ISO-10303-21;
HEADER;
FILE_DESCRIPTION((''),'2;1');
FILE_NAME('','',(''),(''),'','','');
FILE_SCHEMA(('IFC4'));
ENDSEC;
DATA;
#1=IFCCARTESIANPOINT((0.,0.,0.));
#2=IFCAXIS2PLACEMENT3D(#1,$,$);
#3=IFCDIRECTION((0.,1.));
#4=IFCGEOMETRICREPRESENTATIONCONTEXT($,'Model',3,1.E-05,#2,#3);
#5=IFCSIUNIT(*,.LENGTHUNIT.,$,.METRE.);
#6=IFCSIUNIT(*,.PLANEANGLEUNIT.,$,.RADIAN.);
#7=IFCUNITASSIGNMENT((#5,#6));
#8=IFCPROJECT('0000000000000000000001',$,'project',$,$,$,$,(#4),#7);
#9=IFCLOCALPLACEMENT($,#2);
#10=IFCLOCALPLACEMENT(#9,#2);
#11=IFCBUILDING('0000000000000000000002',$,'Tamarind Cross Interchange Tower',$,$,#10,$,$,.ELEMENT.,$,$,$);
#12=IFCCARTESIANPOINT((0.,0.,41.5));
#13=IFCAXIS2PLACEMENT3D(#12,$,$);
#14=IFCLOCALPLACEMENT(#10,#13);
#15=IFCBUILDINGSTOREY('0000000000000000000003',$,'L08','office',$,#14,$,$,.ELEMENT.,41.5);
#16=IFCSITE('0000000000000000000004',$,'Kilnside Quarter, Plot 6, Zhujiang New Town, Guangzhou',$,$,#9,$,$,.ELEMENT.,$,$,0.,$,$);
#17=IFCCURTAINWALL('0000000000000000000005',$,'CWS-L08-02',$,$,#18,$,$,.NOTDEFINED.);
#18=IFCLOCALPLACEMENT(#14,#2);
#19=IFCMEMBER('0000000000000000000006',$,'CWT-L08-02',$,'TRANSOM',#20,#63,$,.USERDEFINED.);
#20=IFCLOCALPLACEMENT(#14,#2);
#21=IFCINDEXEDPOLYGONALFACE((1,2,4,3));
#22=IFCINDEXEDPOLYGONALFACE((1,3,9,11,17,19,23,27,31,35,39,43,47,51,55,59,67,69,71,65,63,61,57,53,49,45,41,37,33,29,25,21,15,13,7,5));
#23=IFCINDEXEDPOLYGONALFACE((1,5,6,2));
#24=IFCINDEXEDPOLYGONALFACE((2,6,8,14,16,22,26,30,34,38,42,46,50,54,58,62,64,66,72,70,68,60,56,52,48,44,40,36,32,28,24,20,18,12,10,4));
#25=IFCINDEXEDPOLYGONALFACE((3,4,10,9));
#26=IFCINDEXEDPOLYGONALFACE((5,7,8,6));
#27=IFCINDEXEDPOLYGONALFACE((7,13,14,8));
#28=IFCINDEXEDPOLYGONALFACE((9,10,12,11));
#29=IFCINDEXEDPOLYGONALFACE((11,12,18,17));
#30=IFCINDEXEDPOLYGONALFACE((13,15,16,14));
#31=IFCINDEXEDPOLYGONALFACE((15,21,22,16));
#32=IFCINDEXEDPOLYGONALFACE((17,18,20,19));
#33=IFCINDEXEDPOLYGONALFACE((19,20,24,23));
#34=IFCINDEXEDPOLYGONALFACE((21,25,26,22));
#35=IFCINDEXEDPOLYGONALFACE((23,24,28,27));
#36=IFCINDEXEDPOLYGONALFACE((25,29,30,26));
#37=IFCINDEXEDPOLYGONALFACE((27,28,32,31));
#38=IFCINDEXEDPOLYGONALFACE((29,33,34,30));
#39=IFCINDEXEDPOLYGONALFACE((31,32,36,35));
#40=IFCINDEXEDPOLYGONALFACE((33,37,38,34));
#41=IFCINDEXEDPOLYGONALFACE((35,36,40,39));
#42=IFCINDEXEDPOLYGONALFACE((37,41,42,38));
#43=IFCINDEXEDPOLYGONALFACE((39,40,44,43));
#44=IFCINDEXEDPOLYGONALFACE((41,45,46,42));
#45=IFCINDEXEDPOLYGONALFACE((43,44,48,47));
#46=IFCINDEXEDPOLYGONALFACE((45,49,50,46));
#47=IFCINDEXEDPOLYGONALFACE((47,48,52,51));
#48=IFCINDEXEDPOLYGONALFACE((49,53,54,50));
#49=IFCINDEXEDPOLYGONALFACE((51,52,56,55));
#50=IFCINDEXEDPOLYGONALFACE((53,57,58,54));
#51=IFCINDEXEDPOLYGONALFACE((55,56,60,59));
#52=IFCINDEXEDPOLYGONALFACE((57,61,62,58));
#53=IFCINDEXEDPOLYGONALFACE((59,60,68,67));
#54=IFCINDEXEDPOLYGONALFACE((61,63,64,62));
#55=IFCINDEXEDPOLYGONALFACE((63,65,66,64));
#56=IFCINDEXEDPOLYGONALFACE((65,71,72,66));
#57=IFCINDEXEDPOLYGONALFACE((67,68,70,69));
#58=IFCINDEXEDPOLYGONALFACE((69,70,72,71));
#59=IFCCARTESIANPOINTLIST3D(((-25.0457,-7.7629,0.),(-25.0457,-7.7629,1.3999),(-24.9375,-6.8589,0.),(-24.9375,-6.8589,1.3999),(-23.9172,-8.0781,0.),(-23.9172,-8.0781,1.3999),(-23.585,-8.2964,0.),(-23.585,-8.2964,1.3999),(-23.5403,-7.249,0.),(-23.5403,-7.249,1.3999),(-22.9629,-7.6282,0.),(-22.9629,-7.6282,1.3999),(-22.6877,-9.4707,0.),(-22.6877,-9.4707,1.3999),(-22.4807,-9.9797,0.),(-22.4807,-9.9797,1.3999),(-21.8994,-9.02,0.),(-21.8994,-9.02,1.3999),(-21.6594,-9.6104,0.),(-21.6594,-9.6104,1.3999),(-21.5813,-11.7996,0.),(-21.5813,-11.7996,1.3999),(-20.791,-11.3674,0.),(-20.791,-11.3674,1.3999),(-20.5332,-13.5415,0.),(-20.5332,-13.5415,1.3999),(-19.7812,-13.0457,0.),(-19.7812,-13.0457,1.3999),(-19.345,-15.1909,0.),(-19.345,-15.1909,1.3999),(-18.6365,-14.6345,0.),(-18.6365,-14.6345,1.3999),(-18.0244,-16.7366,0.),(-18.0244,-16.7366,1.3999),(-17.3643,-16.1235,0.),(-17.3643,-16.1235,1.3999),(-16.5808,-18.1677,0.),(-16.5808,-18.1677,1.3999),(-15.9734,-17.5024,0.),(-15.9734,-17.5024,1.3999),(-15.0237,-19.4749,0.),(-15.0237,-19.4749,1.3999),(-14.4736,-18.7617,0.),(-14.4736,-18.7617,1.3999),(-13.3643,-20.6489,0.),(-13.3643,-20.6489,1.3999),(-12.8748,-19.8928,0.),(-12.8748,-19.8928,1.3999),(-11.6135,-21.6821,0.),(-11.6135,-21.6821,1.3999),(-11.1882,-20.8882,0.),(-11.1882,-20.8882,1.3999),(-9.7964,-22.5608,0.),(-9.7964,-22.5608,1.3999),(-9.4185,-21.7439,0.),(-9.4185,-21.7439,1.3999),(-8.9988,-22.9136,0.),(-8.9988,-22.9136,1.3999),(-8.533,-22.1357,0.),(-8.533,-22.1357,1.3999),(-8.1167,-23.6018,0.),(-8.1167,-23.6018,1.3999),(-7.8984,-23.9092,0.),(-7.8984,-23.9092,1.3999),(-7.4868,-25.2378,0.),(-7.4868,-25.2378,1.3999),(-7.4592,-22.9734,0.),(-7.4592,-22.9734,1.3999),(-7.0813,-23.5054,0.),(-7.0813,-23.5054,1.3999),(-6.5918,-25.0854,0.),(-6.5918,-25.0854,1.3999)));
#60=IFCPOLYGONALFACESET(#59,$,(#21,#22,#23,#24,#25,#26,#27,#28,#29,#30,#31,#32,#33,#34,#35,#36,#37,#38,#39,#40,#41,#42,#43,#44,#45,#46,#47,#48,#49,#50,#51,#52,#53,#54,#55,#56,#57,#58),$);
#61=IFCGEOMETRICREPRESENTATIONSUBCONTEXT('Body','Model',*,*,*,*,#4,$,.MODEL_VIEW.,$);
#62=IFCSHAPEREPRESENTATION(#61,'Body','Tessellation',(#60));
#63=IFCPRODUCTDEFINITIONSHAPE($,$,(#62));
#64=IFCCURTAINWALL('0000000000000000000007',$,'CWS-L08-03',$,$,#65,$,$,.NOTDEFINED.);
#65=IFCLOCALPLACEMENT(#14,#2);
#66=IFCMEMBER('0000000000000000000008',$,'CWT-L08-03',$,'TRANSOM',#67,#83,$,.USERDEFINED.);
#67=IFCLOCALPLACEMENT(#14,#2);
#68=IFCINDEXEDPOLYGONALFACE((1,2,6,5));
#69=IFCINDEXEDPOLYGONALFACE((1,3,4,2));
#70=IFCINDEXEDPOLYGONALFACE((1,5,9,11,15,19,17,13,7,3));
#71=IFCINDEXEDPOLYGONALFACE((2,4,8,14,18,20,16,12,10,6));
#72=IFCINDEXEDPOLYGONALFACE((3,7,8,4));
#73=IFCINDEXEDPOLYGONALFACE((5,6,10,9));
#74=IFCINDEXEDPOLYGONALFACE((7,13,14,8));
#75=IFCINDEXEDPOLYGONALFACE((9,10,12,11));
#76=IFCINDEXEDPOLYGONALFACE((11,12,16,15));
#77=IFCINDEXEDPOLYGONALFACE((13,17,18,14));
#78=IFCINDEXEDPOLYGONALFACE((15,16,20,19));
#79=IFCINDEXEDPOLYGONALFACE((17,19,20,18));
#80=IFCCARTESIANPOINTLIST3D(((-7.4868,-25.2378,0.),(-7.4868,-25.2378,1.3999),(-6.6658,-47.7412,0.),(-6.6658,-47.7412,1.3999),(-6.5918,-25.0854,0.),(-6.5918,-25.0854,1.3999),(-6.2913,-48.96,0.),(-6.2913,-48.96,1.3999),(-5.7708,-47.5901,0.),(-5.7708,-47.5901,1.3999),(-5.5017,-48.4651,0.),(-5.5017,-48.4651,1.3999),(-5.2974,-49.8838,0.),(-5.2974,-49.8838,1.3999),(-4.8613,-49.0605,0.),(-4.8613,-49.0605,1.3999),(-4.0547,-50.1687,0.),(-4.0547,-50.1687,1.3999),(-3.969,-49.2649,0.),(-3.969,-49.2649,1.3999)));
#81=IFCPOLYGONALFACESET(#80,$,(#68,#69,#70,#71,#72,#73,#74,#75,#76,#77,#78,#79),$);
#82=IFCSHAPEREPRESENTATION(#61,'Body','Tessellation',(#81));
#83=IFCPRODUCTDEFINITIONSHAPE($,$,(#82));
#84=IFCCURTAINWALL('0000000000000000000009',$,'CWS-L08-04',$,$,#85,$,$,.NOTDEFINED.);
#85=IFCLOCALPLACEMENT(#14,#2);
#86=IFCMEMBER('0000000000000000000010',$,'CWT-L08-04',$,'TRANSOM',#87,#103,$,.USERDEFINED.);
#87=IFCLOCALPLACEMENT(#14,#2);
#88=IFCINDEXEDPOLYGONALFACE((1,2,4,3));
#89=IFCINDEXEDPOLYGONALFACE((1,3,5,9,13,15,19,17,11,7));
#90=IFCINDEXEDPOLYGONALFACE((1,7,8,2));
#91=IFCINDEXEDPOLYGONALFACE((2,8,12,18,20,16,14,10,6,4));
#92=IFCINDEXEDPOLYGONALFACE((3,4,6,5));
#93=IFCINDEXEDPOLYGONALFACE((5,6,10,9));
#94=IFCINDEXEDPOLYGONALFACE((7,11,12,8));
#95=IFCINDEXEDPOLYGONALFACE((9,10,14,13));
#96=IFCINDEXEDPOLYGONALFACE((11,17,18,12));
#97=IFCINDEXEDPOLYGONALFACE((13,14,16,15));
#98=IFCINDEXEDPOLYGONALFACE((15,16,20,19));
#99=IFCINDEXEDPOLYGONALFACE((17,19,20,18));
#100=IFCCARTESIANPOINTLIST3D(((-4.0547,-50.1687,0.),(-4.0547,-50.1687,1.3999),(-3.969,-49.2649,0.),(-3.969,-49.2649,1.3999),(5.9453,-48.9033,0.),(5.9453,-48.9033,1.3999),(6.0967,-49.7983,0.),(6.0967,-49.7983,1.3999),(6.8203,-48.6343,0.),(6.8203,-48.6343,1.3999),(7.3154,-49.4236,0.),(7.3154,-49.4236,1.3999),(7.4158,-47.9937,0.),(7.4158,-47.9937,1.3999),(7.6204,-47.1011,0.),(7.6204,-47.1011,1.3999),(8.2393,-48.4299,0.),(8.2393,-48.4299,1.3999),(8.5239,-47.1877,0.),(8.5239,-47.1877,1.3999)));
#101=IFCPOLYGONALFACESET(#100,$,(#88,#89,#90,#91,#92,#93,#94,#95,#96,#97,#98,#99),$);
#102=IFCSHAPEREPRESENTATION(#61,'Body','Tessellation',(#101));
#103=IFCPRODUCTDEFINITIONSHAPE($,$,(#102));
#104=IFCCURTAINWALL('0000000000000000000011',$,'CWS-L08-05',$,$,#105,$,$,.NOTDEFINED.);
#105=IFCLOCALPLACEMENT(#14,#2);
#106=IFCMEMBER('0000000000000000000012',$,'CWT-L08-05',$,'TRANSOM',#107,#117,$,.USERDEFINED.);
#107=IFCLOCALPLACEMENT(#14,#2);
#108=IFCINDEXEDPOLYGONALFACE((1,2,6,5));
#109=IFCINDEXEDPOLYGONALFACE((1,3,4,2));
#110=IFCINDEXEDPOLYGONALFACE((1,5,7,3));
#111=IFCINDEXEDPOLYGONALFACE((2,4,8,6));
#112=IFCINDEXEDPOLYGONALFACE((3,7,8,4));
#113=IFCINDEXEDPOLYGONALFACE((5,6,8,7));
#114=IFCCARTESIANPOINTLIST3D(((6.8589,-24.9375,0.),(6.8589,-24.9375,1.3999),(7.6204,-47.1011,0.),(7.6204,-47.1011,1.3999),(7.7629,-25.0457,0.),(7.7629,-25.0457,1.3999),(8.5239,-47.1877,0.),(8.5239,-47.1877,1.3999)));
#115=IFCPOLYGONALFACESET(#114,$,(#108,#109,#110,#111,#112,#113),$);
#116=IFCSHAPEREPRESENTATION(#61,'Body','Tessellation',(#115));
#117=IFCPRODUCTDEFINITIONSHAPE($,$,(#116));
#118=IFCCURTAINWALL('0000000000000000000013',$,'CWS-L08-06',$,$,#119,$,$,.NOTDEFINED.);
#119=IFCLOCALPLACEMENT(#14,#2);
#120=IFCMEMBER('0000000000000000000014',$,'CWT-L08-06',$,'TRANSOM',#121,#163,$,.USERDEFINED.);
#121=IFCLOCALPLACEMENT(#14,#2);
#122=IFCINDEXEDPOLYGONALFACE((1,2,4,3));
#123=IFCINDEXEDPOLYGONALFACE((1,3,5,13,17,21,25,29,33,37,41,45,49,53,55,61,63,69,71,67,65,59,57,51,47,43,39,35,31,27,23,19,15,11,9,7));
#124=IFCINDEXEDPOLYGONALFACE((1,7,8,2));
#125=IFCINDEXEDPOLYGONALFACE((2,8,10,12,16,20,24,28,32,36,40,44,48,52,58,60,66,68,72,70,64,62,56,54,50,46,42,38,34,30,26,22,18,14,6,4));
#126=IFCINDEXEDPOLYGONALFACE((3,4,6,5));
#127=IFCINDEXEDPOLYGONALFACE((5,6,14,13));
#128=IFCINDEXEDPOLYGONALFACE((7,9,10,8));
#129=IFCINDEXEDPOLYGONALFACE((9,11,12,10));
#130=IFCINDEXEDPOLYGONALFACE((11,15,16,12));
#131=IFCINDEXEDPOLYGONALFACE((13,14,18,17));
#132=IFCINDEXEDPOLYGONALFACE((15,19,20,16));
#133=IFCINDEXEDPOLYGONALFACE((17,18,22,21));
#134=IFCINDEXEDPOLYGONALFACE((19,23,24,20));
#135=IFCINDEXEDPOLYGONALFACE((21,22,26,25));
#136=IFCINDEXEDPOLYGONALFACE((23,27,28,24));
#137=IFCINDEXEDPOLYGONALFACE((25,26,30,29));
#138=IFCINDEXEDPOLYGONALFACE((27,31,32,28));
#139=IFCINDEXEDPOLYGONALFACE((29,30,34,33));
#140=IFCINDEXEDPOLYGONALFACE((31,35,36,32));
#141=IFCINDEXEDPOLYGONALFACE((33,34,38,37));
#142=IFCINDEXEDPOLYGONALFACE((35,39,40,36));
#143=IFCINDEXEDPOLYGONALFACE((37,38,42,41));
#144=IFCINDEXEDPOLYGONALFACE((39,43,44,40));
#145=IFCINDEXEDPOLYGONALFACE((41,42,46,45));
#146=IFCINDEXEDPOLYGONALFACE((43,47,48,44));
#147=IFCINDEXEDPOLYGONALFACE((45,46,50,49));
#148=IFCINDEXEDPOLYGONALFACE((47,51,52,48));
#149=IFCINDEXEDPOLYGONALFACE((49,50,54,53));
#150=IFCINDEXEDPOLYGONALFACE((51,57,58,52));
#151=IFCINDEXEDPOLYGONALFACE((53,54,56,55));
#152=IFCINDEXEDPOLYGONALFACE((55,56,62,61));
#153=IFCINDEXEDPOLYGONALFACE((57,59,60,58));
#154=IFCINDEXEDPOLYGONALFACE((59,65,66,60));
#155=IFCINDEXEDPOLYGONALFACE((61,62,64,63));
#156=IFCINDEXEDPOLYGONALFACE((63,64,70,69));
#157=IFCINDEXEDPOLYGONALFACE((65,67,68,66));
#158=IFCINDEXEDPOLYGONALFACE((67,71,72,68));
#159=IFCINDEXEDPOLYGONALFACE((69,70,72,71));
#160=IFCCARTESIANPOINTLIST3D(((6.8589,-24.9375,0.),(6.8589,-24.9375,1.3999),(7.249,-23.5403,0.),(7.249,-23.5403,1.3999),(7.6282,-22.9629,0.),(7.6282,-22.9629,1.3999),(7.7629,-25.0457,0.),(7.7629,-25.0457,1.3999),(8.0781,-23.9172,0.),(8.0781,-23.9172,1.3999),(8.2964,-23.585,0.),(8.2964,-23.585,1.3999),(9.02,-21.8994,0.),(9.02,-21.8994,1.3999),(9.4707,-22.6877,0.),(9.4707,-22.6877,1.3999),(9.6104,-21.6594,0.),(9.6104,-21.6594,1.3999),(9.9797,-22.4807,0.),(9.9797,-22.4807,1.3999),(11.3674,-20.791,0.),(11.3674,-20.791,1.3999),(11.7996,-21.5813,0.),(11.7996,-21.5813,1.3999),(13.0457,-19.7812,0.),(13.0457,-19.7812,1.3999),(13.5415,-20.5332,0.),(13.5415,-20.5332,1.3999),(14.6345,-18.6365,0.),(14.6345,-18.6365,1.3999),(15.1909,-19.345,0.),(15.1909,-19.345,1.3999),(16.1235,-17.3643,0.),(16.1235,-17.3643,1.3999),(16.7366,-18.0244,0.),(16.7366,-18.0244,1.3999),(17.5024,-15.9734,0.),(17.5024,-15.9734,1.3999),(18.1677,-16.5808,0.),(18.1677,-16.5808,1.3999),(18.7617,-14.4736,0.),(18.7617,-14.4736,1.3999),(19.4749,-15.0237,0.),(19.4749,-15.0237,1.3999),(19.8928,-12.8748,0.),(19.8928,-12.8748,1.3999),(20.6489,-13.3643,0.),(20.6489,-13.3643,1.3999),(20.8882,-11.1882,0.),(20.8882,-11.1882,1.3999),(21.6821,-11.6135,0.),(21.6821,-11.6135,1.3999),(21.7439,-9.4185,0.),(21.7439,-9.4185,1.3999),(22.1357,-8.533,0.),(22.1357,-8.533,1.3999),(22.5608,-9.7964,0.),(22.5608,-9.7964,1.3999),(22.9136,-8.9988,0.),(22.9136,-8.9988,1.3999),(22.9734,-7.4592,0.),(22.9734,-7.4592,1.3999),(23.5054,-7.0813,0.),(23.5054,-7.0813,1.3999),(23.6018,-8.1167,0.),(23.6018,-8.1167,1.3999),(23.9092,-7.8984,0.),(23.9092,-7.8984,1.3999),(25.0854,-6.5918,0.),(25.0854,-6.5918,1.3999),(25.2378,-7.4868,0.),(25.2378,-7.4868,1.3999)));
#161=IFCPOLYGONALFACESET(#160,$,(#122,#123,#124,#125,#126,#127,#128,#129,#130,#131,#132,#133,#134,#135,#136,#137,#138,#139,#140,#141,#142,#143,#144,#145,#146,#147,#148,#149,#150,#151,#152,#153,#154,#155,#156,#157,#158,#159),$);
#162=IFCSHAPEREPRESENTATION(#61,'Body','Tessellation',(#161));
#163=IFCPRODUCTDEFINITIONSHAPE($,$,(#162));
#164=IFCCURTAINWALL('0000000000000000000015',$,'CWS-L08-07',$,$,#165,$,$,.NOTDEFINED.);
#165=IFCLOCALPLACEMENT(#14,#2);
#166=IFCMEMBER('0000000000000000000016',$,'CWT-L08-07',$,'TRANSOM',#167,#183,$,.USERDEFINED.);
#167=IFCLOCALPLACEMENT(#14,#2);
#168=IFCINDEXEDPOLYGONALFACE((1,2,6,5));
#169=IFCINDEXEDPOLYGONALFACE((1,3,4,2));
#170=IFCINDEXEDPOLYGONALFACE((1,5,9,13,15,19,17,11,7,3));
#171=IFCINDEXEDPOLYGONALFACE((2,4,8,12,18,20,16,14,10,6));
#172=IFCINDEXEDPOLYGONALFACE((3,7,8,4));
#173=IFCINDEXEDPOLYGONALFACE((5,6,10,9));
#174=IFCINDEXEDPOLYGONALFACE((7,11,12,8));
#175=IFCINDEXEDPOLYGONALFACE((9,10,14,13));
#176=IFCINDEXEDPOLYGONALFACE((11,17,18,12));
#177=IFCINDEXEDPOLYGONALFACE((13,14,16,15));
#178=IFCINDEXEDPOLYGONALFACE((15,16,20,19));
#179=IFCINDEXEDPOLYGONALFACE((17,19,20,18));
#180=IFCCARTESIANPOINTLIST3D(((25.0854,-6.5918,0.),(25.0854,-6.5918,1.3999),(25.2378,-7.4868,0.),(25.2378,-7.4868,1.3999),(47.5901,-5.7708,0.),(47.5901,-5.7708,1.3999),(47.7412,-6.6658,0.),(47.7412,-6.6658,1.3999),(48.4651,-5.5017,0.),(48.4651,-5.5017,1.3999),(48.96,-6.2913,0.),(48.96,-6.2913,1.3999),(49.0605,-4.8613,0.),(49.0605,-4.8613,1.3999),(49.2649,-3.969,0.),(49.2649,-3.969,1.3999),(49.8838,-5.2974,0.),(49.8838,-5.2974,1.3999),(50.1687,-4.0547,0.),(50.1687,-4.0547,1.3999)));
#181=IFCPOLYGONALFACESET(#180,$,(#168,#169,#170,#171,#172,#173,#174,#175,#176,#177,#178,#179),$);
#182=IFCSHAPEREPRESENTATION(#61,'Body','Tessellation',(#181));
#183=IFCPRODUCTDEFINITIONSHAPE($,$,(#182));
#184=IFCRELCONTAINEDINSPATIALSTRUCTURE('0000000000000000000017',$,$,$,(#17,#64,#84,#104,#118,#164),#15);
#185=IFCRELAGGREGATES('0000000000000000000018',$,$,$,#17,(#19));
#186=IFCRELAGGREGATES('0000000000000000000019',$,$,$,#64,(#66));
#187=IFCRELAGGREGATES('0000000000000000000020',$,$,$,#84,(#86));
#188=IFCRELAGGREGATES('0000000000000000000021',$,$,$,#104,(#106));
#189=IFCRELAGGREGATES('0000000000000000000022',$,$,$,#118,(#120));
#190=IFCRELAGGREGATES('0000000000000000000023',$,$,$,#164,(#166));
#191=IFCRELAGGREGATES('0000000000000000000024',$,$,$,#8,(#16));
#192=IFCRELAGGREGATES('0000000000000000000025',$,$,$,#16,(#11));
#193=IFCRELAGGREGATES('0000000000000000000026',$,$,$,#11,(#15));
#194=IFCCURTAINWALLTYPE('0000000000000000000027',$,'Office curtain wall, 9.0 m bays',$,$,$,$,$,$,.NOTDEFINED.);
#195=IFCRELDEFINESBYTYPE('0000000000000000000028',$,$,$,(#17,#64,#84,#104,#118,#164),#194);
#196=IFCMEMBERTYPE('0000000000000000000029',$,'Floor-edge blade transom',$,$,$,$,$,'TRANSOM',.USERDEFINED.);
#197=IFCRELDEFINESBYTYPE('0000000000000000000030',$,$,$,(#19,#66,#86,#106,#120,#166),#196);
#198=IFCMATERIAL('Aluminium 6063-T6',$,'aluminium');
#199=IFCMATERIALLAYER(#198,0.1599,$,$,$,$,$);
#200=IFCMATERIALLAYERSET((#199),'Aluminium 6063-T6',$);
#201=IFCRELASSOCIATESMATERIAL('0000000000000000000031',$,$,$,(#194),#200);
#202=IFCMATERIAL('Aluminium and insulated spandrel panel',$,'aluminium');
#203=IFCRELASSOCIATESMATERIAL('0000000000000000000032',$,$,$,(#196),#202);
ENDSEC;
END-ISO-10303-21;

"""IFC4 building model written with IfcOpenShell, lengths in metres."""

from ifc_helpers import new_model, si_unit, direction, frame, origin, place, context, subcontext, project, spatial, polyline, outline, extrude, material, layer, layer_set, type_object, element, aggregate, save


model = new_model("IFC4")

# Units and contexts
model_context = context("Model", 3, precision=1e-05, world=origin(), true_north=direction((0.0, 1.0)))
body_context = subcontext(model_context, "Body", "Model", "MODEL_VIEW")
ifc_project = project(units=[si_unit("LENGTHUNIT", "METRE"), si_unit("PLANEANGLEUNIT", "RADIAN")], contexts=[model_context])

# Site, building, storey
site_placement = place(None, origin())
site = spatial("IfcSite", under=ifc_project, at=site_placement, Name="Kilnside Quarter, Plot 6, Zhujiang New Town, Guangzhou", CompositionType="ELEMENT", RefElevation=0.0)
building_placement = place(site_placement, origin())
building = spatial("IfcBuilding", under=site, at=building_placement, Name="Tamarind Cross Interchange Tower", CompositionType="ELEMENT")
storey_placement = place(building_placement, frame((0.0, 0.0, 41.5)))
storey = spatial("IfcBuildingStorey", under=building, at=storey_placement, Name="L08", Description="office", CompositionType="ELEMENT", Elevation=41.5)

# Curtain walls, members
ifc_material_1 = material(Name="Aluminium 6063-T6", Category="aluminium")
ifc_layer_1 = layer(ifc_material_1, 0.1599)
ifc_layer_set_1 = layer_set([ifc_layer_1], Name="Aluminium 6063-T6")
curtain_wall_type = type_object("IfcCurtainWallType", Name="Office curtain wall, 9.0 m bays", PredefinedType="NOTDEFINED", material=ifc_layer_set_1)
curtain_wall_1_placement = place(storey_placement, origin())
curtain_wall_1 = element("IfcCurtainWall", 1, at=curtain_wall_1_placement, inside=storey, type_object=curtain_wall_type, Name="CWS-L08-02", PredefinedType="NOTDEFINED")
ifc_material_2 = material(Name="Aluminium and insulated spandrel panel", Category="aluminium")
member_type = type_object("IfcMemberType", Name="Floor-edge blade transom", ElementType="TRANSOM", PredefinedType="USERDEFINED", material=ifc_material_2)
member_1_placement = place(storey_placement, origin())
member_1 = element("IfcMember", 2, at=member_1_placement, type_object=member_type, Name="CWT-L08-02", ObjectType="TRANSOM", PredefinedType="USERDEFINED", context=body_context, shape_type="SweptSolid", body=[
    extrude(outline(polyline([(-24.9375, -6.8589), (-23.5403, -7.249), (-22.9629, -7.6282), (-21.8994, -9.02), (-21.6594, -9.6104), (-20.791, -11.3674), (-19.7812, -13.0457), (-18.6365, -14.6345), (-17.3643, -16.1235), (-15.9734, -17.5024), (-14.4736, -18.7617), (-12.8748, -19.8928), (-11.1882, -20.8882), (-9.4185, -21.7439), (-8.533, -22.1357), (-7.4592, -22.9734), (-7.0813, -23.5054), (-6.5918, -25.0854), (-7.4868, -25.2378), (-7.8984, -23.9092), (-8.1167, -23.6018), (-8.9988, -22.9136), (-9.7964, -22.5608), (-11.6135, -21.6821), (-13.3643, -20.6489), (-15.0237, -19.4749), (-16.5808, -18.1677), (-18.0244, -16.7366), (-19.345, -15.1909), (-20.5332, -13.5415), (-21.5813, -11.7996), (-22.4807, -9.9797), (-22.6877, -9.4707), (-23.585, -8.2964), (-23.9172, -8.0781), (-25.0457, -7.7629), (-24.9375, -6.8589)])), origin(), (0.0, 0.0, 1.0), 1.3999),
])
curtain_wall_2_placement = place(storey_placement, origin())
curtain_wall_2 = element("IfcCurtainWall", 3, at=curtain_wall_2_placement, inside=storey, type_object=curtain_wall_type, Name="CWS-L08-03", PredefinedType="NOTDEFINED")
member_2_placement = place(storey_placement, origin())
member_2 = element("IfcMember", 4, at=member_2_placement, type_object=member_type, Name="CWT-L08-03", ObjectType="TRANSOM", PredefinedType="USERDEFINED", context=body_context, shape_type="SweptSolid", body=[
    extrude(outline(polyline([(-6.5918, -25.0854), (-5.7708, -47.5901), (-5.5017, -48.4651), (-4.8613, -49.0605), (-3.969, -49.2649), (-4.0547, -50.1687), (-5.2974, -49.8838), (-6.2913, -48.96), (-6.6658, -47.7412), (-7.4868, -25.2378), (-6.5918, -25.0854)])), origin(), (0.0, 0.0, 1.0), 1.3999),
])
curtain_wall_3_placement = place(storey_placement, origin())
curtain_wall_3 = element("IfcCurtainWall", 5, at=curtain_wall_3_placement, inside=storey, type_object=curtain_wall_type, Name="CWS-L08-04", PredefinedType="NOTDEFINED")
member_3_placement = place(storey_placement, origin())
member_3 = element("IfcMember", 6, at=member_3_placement, type_object=member_type, Name="CWT-L08-04", ObjectType="TRANSOM", PredefinedType="USERDEFINED", context=body_context, shape_type="SweptSolid", body=[
    extrude(outline(polyline([(-3.969, -49.2649), (5.9453, -48.9033), (6.8203, -48.6343), (7.4158, -47.9937), (7.6204, -47.1011), (8.5239, -47.1877), (8.2393, -48.4299), (7.3154, -49.4236), (6.0967, -49.7983), (-4.0547, -50.1687), (-3.969, -49.2649)])), origin(), (0.0, 0.0, 1.0), 1.3999),
])
curtain_wall_4_placement = place(storey_placement, origin())
curtain_wall_4 = element("IfcCurtainWall", 7, at=curtain_wall_4_placement, inside=storey, type_object=curtain_wall_type, Name="CWS-L08-05", PredefinedType="NOTDEFINED")
member_4_placement = place(storey_placement, origin())
member_4 = element("IfcMember", 8, at=member_4_placement, type_object=member_type, Name="CWT-L08-05", ObjectType="TRANSOM", PredefinedType="USERDEFINED", context=body_context, shape_type="SweptSolid", body=[
    extrude(outline(polyline([(7.6204, -47.1011), (6.8589, -24.9375), (7.7629, -25.0457), (8.5239, -47.1877), (7.6204, -47.1011)])), origin(), (0.0, 0.0, 1.0), 1.3999),
])
curtain_wall_5_placement = place(storey_placement, origin())
curtain_wall_5 = element("IfcCurtainWall", 9, at=curtain_wall_5_placement, inside=storey, type_object=curtain_wall_type, Name="CWS-L08-06", PredefinedType="NOTDEFINED")
member_5_placement = place(storey_placement, origin())
member_5 = element("IfcMember", 10, at=member_5_placement, type_object=member_type, Name="CWT-L08-06", ObjectType="TRANSOM", PredefinedType="USERDEFINED", context=body_context, shape_type="SweptSolid", body=[
    extrude(outline(polyline([(6.8589, -24.9375), (7.249, -23.5403), (7.6282, -22.9629), (9.02, -21.8994), (9.6104, -21.6594), (11.3674, -20.791), (13.0457, -19.7812), (14.6345, -18.6365), (16.1235, -17.3643), (17.5024, -15.9734), (18.7617, -14.4736), (19.8928, -12.8748), (20.8882, -11.1882), (21.7439, -9.4185), (22.1357, -8.533), (22.9734, -7.4592), (23.5054, -7.0813), (25.0854, -6.5918), (25.2378, -7.4868), (23.9092, -7.8984), (23.6018, -8.1167), (22.9136, -8.9988), (22.5608, -9.7964), (21.6821, -11.6135), (20.6489, -13.3643), (19.4749, -15.0237), (18.1677, -16.5808), (16.7366, -18.0244), (15.1909, -19.345), (13.5415, -20.5332), (11.7996, -21.5813), (9.9797, -22.4807), (9.4707, -22.6877), (8.2964, -23.585), (8.0781, -23.9172), (7.7629, -25.0457), (6.8589, -24.9375)])), origin(), (0.0, 0.0, 1.0), 1.3999),
])
curtain_wall_6_placement = place(storey_placement, origin())
curtain_wall_6 = element("IfcCurtainWall", 11, at=curtain_wall_6_placement, inside=storey, type_object=curtain_wall_type, Name="CWS-L08-07", PredefinedType="NOTDEFINED")
member_6_placement = place(storey_placement, origin())
member_6 = element("IfcMember", 12, at=member_6_placement, type_object=member_type, Name="CWT-L08-07", ObjectType="TRANSOM", PredefinedType="USERDEFINED", context=body_context, shape_type="SweptSolid", body=[
    extrude(outline(polyline([(25.0854, -6.5918), (47.5901, -5.7708), (48.4651, -5.5017), (49.0605, -4.8613), (49.2649, -3.969), (50.1687, -4.0547), (49.8838, -5.2974), (48.96, -6.2913), (47.7412, -6.6658), (25.2378, -7.4868), (25.0854, -6.5918)])), origin(), (0.0, 0.0, 1.0), 1.3999),
])

aggregate(curtain_wall_1, [member_1])
aggregate(curtain_wall_2, [member_2])
aggregate(curtain_wall_3, [member_3])
aggregate(curtain_wall_4, [member_4])
aggregate(curtain_wall_5, [member_5])
aggregate(curtain_wall_6, [member_6])

save(model, "model.ifc")
